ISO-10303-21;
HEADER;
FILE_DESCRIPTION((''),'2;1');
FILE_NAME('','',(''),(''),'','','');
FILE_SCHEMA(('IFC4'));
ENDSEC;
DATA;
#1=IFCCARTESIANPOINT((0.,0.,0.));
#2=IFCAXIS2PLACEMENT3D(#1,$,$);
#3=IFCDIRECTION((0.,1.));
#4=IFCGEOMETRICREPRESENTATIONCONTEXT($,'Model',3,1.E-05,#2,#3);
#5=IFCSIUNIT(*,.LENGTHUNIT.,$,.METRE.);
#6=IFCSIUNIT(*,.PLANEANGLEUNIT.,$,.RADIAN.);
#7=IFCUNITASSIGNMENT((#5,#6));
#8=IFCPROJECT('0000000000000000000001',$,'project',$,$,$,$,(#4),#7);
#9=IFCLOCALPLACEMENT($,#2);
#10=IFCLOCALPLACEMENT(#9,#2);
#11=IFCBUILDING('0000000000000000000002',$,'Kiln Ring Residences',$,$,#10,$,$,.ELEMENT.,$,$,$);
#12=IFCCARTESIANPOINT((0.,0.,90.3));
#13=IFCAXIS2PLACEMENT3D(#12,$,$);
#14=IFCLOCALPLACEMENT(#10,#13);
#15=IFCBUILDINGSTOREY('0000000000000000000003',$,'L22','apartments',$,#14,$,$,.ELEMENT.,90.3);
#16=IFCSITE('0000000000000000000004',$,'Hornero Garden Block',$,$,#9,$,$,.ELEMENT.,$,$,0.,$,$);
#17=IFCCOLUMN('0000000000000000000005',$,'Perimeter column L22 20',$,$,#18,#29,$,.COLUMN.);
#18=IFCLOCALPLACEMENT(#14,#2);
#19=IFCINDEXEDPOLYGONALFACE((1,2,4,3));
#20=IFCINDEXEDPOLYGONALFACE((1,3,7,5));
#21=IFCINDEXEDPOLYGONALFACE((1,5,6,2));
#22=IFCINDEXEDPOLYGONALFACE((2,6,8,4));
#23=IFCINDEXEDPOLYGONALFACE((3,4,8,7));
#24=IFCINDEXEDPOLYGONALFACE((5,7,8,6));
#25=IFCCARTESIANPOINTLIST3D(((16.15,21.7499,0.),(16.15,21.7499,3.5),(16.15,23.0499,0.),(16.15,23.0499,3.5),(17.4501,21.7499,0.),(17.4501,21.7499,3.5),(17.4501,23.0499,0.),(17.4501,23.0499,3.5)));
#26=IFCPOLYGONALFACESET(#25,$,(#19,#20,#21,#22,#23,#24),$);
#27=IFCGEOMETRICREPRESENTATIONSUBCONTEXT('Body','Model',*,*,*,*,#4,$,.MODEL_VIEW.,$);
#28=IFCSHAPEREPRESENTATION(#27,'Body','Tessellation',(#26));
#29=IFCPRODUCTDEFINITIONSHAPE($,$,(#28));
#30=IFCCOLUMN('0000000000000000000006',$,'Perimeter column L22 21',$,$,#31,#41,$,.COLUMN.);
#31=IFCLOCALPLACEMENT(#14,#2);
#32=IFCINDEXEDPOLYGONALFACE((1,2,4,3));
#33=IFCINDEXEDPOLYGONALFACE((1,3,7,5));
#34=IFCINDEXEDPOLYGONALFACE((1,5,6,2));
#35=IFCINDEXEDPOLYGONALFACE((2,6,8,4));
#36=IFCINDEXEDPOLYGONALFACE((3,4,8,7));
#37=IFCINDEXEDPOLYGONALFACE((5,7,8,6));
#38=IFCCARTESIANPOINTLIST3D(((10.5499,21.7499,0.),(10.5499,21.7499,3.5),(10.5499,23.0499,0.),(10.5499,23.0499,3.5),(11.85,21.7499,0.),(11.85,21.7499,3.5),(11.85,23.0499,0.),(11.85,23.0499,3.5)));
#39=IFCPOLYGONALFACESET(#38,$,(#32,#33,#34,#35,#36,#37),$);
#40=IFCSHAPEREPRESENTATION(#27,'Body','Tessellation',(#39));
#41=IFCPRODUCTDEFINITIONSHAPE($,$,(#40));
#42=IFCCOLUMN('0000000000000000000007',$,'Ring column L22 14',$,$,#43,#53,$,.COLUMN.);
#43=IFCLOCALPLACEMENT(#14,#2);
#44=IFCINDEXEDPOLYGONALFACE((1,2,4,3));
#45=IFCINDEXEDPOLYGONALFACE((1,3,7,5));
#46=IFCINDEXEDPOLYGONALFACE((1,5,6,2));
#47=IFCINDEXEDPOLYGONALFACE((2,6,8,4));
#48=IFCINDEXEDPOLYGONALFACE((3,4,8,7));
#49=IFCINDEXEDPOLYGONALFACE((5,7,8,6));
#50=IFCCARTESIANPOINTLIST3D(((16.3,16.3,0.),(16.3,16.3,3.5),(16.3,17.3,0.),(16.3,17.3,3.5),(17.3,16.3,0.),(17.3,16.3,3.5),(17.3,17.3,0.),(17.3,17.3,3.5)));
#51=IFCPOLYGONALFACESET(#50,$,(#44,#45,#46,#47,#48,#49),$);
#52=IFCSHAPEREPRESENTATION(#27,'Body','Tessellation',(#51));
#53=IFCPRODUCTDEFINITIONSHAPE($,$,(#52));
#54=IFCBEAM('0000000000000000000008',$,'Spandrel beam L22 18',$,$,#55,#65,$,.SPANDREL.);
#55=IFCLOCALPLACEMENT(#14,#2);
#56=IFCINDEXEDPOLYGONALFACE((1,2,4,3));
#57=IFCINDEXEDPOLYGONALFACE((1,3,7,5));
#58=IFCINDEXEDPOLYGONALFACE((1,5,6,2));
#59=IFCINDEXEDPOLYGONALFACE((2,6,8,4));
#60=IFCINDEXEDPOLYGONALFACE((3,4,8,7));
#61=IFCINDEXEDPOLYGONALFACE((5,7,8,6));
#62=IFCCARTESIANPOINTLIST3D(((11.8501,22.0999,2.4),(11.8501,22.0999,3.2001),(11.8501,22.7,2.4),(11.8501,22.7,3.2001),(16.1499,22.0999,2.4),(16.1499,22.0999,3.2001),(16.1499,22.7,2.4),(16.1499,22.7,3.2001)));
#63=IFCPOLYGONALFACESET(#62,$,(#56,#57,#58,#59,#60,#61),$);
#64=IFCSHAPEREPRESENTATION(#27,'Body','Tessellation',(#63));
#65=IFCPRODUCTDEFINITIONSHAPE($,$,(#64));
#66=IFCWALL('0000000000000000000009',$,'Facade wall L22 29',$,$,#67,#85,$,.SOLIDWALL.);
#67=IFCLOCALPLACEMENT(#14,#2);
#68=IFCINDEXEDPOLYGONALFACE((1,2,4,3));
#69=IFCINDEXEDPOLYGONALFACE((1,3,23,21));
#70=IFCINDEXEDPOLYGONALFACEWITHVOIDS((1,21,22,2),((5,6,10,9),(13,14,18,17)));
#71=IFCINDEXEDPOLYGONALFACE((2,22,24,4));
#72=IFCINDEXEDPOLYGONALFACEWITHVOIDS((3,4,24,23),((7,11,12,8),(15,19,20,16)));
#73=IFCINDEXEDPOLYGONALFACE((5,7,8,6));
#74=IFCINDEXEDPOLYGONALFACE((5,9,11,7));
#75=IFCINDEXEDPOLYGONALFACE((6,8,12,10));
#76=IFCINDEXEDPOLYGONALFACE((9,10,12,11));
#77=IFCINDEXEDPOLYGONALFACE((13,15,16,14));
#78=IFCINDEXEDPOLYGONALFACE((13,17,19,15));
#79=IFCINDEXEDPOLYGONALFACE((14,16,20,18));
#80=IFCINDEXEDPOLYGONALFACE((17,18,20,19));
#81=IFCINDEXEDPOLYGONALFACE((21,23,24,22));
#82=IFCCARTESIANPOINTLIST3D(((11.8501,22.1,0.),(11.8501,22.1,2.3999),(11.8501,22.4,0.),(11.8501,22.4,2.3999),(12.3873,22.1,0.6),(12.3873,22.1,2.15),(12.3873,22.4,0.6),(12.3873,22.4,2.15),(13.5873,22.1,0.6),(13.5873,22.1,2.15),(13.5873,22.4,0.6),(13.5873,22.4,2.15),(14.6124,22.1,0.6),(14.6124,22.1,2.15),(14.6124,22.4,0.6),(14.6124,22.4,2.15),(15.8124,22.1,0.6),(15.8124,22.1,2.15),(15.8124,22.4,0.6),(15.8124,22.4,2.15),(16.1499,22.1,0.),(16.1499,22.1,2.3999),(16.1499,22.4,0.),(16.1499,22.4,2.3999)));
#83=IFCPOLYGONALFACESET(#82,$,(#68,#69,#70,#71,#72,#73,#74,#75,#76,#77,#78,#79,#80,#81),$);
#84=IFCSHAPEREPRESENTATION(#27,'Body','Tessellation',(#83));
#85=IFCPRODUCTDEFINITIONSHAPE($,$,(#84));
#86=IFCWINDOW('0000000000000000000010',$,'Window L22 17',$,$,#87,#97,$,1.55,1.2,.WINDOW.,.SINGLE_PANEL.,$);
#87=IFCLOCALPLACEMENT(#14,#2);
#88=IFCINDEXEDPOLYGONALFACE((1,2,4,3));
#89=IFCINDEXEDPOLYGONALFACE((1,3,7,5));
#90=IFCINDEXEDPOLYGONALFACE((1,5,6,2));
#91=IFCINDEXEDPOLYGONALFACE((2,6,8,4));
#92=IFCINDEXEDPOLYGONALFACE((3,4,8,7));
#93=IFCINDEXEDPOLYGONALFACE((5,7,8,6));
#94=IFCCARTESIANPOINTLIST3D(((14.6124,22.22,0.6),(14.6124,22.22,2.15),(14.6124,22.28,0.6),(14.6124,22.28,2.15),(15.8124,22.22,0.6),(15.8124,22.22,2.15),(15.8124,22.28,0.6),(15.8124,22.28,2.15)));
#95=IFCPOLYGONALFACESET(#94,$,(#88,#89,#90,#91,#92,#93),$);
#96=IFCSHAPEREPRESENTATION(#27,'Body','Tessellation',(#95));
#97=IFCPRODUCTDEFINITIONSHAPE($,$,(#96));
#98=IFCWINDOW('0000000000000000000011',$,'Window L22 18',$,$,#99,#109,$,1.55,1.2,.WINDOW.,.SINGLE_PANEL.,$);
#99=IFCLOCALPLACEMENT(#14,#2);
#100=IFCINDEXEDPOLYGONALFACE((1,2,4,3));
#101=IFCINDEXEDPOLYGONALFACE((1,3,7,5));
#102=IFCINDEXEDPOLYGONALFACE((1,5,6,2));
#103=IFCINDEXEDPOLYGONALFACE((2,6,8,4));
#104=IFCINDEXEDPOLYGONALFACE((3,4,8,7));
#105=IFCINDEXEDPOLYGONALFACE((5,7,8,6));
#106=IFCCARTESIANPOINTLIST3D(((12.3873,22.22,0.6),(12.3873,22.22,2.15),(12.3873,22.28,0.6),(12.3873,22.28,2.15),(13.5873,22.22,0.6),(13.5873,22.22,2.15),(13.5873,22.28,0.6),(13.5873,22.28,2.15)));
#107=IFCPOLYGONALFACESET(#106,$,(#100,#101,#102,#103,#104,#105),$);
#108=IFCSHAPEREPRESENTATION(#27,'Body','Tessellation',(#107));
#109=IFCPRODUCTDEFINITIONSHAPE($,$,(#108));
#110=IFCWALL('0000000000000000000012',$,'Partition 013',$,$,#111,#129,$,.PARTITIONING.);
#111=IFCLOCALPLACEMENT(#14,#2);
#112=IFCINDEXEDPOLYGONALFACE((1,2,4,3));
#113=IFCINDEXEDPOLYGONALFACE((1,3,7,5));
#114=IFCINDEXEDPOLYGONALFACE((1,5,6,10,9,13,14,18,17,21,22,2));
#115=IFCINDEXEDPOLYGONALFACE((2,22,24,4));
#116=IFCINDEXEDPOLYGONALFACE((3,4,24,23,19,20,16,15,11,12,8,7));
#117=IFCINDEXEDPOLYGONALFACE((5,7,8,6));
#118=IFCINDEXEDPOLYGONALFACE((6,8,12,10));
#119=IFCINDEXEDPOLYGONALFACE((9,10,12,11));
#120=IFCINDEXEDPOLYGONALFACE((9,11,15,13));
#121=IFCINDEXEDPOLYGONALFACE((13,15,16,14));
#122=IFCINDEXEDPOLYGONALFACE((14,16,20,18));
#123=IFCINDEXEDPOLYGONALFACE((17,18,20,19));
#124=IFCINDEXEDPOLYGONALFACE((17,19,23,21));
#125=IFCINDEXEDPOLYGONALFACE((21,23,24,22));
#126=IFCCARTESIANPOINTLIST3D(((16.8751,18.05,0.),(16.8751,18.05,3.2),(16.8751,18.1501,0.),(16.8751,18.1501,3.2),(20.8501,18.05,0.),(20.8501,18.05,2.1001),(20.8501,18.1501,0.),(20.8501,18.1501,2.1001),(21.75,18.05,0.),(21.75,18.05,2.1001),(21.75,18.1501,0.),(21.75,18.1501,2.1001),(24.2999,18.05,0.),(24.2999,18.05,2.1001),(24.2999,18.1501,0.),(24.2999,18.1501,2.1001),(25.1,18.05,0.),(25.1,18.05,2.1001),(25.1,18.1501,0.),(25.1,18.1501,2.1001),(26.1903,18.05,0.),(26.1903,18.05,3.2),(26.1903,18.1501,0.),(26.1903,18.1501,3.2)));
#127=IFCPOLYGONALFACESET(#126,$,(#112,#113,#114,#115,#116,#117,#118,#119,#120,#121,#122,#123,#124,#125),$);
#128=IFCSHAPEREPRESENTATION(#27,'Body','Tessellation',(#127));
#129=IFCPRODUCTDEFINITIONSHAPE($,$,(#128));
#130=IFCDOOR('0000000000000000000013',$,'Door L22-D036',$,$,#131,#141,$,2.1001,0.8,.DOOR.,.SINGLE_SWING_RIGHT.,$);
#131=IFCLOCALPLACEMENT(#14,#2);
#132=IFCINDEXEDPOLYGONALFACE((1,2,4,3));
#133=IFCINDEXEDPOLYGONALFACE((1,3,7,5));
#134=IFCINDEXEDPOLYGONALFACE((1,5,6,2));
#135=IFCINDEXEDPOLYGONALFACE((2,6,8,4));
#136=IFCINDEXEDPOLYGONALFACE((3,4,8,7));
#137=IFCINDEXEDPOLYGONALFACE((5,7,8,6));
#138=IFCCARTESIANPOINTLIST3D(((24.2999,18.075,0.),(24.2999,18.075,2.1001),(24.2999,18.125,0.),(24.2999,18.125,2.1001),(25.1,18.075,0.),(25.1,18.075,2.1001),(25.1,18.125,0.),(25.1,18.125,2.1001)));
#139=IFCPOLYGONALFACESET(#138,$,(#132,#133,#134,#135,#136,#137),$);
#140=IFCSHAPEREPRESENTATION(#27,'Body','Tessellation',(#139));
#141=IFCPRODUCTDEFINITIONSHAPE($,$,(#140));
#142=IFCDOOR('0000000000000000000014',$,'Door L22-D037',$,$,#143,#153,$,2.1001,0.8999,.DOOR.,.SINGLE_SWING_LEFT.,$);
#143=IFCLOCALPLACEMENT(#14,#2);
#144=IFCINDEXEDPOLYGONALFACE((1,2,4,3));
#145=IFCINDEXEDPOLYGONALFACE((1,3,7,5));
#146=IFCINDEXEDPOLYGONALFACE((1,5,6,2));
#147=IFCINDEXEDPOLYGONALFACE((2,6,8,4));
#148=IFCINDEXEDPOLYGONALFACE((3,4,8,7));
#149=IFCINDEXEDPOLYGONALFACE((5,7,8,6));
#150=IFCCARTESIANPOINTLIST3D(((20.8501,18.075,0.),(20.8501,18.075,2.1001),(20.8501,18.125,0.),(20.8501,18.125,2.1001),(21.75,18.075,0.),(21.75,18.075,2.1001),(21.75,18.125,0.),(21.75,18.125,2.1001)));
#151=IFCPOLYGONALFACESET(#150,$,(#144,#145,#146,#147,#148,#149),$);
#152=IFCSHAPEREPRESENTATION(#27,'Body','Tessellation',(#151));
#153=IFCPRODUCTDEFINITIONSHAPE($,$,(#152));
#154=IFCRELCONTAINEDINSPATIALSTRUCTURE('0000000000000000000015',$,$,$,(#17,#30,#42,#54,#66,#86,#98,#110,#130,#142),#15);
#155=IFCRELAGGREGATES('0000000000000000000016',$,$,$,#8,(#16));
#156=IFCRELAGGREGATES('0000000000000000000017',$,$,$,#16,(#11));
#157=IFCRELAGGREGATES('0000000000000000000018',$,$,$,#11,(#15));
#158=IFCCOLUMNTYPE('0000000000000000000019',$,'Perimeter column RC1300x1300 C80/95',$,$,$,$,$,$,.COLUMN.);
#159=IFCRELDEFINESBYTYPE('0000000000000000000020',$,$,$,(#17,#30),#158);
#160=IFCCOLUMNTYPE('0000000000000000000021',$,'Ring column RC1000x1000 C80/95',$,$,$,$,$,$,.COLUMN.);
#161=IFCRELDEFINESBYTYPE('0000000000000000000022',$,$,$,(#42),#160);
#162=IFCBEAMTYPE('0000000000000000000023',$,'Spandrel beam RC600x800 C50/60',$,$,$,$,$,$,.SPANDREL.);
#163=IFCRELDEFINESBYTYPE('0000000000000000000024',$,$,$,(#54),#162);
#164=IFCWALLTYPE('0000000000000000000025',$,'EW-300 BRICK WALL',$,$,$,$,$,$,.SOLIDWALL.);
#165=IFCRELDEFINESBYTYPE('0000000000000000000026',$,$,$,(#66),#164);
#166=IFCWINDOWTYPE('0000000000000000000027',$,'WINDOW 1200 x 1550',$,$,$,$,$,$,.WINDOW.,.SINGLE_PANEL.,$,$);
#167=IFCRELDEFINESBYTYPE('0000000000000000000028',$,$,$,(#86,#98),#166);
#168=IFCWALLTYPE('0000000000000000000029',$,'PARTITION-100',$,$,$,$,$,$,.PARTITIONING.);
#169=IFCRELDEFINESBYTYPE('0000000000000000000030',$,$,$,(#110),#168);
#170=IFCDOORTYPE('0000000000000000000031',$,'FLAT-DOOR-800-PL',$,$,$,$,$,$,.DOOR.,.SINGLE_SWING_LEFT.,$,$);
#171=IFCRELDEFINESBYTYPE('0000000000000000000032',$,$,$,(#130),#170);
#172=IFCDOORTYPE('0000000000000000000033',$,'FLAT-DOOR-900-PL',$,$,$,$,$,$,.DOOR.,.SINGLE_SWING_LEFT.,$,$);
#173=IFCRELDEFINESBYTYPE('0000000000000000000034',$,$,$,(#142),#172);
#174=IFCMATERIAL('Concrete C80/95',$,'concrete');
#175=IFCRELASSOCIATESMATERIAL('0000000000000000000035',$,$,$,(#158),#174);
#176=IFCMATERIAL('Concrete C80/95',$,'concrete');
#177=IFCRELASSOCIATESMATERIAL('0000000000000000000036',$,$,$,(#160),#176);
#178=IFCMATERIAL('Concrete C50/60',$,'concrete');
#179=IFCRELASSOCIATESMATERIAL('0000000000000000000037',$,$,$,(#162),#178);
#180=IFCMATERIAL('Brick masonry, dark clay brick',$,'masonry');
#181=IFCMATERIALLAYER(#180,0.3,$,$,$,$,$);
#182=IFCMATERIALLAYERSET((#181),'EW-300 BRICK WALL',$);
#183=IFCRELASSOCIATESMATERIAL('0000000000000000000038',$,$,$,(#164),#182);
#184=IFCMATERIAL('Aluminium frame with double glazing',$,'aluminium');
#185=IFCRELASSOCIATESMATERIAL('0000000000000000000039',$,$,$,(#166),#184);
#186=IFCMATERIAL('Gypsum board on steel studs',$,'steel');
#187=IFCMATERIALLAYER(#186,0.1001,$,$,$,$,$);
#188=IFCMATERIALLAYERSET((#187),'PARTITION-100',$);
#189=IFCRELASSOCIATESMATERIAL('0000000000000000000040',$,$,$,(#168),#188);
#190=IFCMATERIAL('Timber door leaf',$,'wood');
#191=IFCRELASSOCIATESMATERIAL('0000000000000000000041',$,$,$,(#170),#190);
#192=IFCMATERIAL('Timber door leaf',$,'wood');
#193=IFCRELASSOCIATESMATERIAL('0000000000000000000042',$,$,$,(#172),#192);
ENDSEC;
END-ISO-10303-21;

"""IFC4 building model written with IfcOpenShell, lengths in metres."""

from ifc_helpers import new_model, si_unit, direction, frame, frame_2d, origin, origin_2d, place, context, subcontext, project, spatial, rectangle, extrude, material, layer, layer_set, material_profile, profile_set, type_object, element, fill, save


model = new_model("IFC4")

# Units and contexts
model_context = context("Model", 3, precision=1e-05, world=origin(), true_north=direction((0.0, 1.0)))
body_context = subcontext(model_context, "Body", "Model", "MODEL_VIEW")
ifc_project = project(units=[si_unit("LENGTHUNIT", "METRE"), si_unit("PLANEANGLEUNIT", "RADIAN")], contexts=[model_context])

# Site, building, storey
site_placement = place(None, origin())
site = spatial("IfcSite", under=ifc_project, at=site_placement, Name="Hornero Garden Block", CompositionType="ELEMENT", RefElevation=0.0)
building_placement = place(site_placement, origin())
building = spatial("IfcBuilding", under=site, at=building_placement, Name="Kiln Ring Residences", CompositionType="ELEMENT")
storey_placement = place(building_placement, frame((0.0, 0.0, 90.3)))
storey = spatial("IfcBuildingStorey", under=building, at=storey_placement, Name="L22", Description="apartments", CompositionType="ELEMENT", Elevation=90.3)

# Columns
ifc_material_1 = material(Name="Concrete C80/95", Category="concrete")
ifc_material_profile_1 = material_profile(ifc_material_1, rectangle(XDim=1.3, YDim=1.3, at=origin_2d()), Name="RC1300x1300")
ifc_profile_set_1 = profile_set([ifc_material_profile_1], Name="Concrete C80/95")
column_type_1 = type_object("IfcColumnType", Name="Perimeter column RC1300x1300 C80/95", PredefinedType="COLUMN", material=ifc_profile_set_1)
for number, where, z_axis, x_axis, name in (
    (1, (16.8, 22.3999, 0.0), (0.0, 0.0, 1.0), (1.0, 0.0, 0.0), "Perimeter column L22 20"),
    (2, (11.2, 22.3999, 0.0), (0.0, 0.0, 1.0), (1.0, 0.0, 0.0), "Perimeter column L22 21"),
):
    element("IfcColumn", number, at=place(storey_placement, frame(where, z_axis=z_axis, x_axis=x_axis)), inside=storey, type_object=column_type_1, Name=name, PredefinedType="COLUMN", context=body_context, shape_type="SweptSolid", body=[
        extrude(rectangle(XDim=1.3, YDim=1.3, at=origin_2d()), origin(), (0.0, 0.0, 1.0), 3.5),
    ])
ifc_material_2 = material(Name="Concrete C80/95", Category="concrete")
ifc_material_profile_2 = material_profile(ifc_material_2, rectangle(XDim=1.0, YDim=1.0, at=origin_2d()), Name="RC1000x1000")
ifc_profile_set_2 = profile_set([ifc_material_profile_2], Name="Concrete C80/95")
column_type_2 = type_object("IfcColumnType", Name="Ring column RC1000x1000 C80/95", PredefinedType="COLUMN", material=ifc_profile_set_2)
column_placement = place(storey_placement, frame((16.8, 16.8, 0.0), z_axis=(0.0, 0.0, 1.0), x_axis=(1.0, 0.0, 0.0)))
element("IfcColumn", 3, at=column_placement, inside=storey, type_object=column_type_2, Name="Ring column L22 14", PredefinedType="COLUMN", context=body_context, shape_type="SweptSolid", body=[
    extrude(rectangle(XDim=1.0, YDim=1.0, at=origin_2d()), origin(), (0.0, 0.0, 1.0), 3.5),
])

# Beam
ifc_material_3 = material(Name="Concrete C50/60", Category="concrete")
ifc_material_profile_3 = material_profile(ifc_material_3, rectangle(XDim=0.6001, YDim=0.8, at=origin_2d()), Name="RC600x800")
ifc_profile_set_3 = profile_set([ifc_material_profile_3], Name="Concrete C50/60")
beam_type = type_object("IfcBeamType", Name="Spandrel beam RC600x800 C50/60", PredefinedType="SPANDREL", material=ifc_profile_set_3)
beam_placement = place(storey_placement, frame((16.1499, 22.3999, 2.8), z_axis=(-1.0, 0.0, 0.0), x_axis=(0.0, -1.0, 0.0)))
element("IfcBeam", 4, at=beam_placement, inside=storey, type_object=beam_type, Name="Spandrel beam L22 18", PredefinedType="SPANDREL", context=body_context, shape_type="SweptSolid", body=[
    extrude(rectangle(XDim=0.6001, YDim=0.8, at=origin_2d()), origin(), (0.0, 0.0, 1.0), 4.2998),
])

# Wall, openings, windows
ifc_material_4 = material(Name="Brick masonry, dark clay brick", Category="masonry")
ifc_layer_1 = layer(ifc_material_4, 0.3)
ifc_layer_set_1 = layer_set([ifc_layer_1], Name="EW-300 BRICK WALL")
wall_type_1 = type_object("IfcWallType", Name="EW-300 BRICK WALL", PredefinedType="SOLIDWALL", material=ifc_layer_set_1)
wall_1_placement = place(storey_placement, frame((16.1499, 22.25, 0.0), z_axis=(0.0, 0.0, 1.0), x_axis=(-1.0, 0.0, 0.0)))
wall_1 = element("IfcWall", 5, at=wall_1_placement, inside=storey, type_object=wall_type_1, Name="Facade wall L22 29", PredefinedType="SOLIDWALL", context=body_context, shape_type="SweptSolid", body=[
    extrude(rectangle(XDim=4.2998, YDim=0.3, at=frame_2d((2.1499, 0.0))), origin(), (0.0, 0.0, 1.0), 2.3999),
])
opening_1_placement = place(wall_1_placement, frame((0.3374, 0.0, 0.6001)))
opening_1 = element("IfcOpeningElement", 6, at=opening_1_placement, cuts=wall_1, PredefinedType="OPENING", context=body_context, shape_type="SweptSolid", body=[
    extrude(rectangle(XDim=1.2, YDim=1.55, at=frame_2d((0.6001, 0.7749))), frame((0.0, 0.1599, 0.0), z_axis=(0.0, -1.0, 0.0), x_axis=(1.0, 0.0, 0.0)), (0.0, 0.0, 1.0), 0.3201),
])
opening_2_placement = place(wall_1_placement, frame((2.5625, 0.0, 0.6001)))
opening_2 = element("IfcOpeningElement", 7, at=opening_2_placement, cuts=wall_1, PredefinedType="OPENING", context=body_context, shape_type="SweptSolid", body=[
    extrude(rectangle(XDim=1.2, YDim=1.55, at=frame_2d((0.6001, 0.7749))), frame((0.0, 0.1599, 0.0), z_axis=(0.0, -1.0, 0.0), x_axis=(1.0, 0.0, 0.0)), (0.0, 0.0, 1.0), 0.3201),
])
ifc_material_5 = material(Name="Aluminium frame with double glazing", Category="aluminium")
window_type = type_object("IfcWindowType", Name="WINDOW 1200 x 1550", PartitioningType="SINGLE_PANEL", PredefinedType="WINDOW", material=ifc_material_5)
window_1_placement = place(opening_1_placement, origin())
window_1 = element("IfcWindow", 8, at=window_1_placement, inside=storey, type_object=window_type, Name="Window L22 17", OverallHeight=1.55, OverallWidth=1.2, PartitioningType="SINGLE_PANEL", PredefinedType="WINDOW", context=body_context, shape_type="SweptSolid", body=[
    extrude(rectangle(XDim=1.2, YDim=1.55, at=frame_2d((0.6001, 0.7749))), frame((0.0, 0.03, 0.0), z_axis=(0.0, -1.0, 0.0), x_axis=(1.0, 0.0, 0.0)), (0.0, 0.0, 1.0), 0.0601),
])
fill(opening_1, window_1)
window_2_placement = place(opening_2_placement, origin())
window_2 = element("IfcWindow", 9, at=window_2_placement, inside=storey, type_object=window_type, Name="Window L22 18", OverallHeight=1.55, OverallWidth=1.2, PartitioningType="SINGLE_PANEL", PredefinedType="WINDOW", context=body_context, shape_type="SweptSolid", body=[
    extrude(rectangle(XDim=1.2, YDim=1.55, at=frame_2d((0.6001, 0.7749))), frame((0.0, 0.03, 0.0), z_axis=(0.0, -1.0, 0.0), x_axis=(1.0, 0.0, 0.0)), (0.0, 0.0, 1.0), 0.0601),
])
fill(opening_2, window_2)

# Wall, openings, doors
ifc_material_6 = material(Name="Gypsum board on steel studs", Category="steel")
ifc_layer_2 = layer(ifc_material_6, 0.1001)
ifc_layer_set_2 = layer_set([ifc_layer_2], Name="PARTITION-100")
wall_type_2 = type_object("IfcWallType", Name="PARTITION-100", PredefinedType="PARTITIONING", material=ifc_layer_set_2)
wall_2_placement = place(storey_placement, frame((16.875, 18.1001, 0.0), z_axis=(0.0, 0.0, 1.0), x_axis=(1.0, 0.0, 0.0)))
wall_2 = element("IfcWall", 10, at=wall_2_placement, inside=storey, type_object=wall_type_2, Name="Partition 013", PredefinedType="PARTITIONING", context=body_context, shape_type="SweptSolid", body=[
    extrude(rectangle(XDim=9.3152, YDim=0.1001, at=frame_2d((4.6577, 0.0))), origin(), (0.0, 0.0, 1.0), 3.2),
])
opening_3_placement = place(wall_2_placement, frame((7.425, 0.0, 0.0)))
opening_3 = element("IfcOpeningElement", 11, at=opening_3_placement, cuts=wall_2, PredefinedType="OPENING", context=body_context, shape_type="SweptSolid", body=[
    extrude(rectangle(XDim=0.8, YDim=2.1001, at=frame_2d((0.3999, 1.05))), frame((0.0, 0.0601, 0.0), z_axis=(0.0, -1.0, 0.0), x_axis=(1.0, 0.0, 0.0)), (0.0, 0.0, 1.0), 0.1201),
])
opening_4_placement = place(wall_2_placement, frame((3.9751, 0.0, 0.0)))
opening_4 = element("IfcOpeningElement", 12, at=opening_4_placement, cuts=wall_2, PredefinedType="OPENING", context=body_context, shape_type="SweptSolid", body=[
    extrude(rectangle(XDim=0.8999, YDim=2.1001, at=frame_2d((0.45, 1.05))), frame((0.0, 0.0601, 0.0), z_axis=(0.0, -1.0, 0.0), x_axis=(1.0, 0.0, 0.0)), (0.0, 0.0, 1.0), 0.1201),
])
ifc_material_7 = material(Name="Timber door leaf", Category="wood")
door_type_1 = type_object("IfcDoorType", Name="FLAT-DOOR-800-PL", OperationType="SINGLE_SWING_LEFT", PredefinedType="DOOR", material=ifc_material_7)
door_1_placement = place(opening_3_placement, origin())
door_1 = element("IfcDoor", 13, at=door_1_placement, inside=storey, type_object=door_type_1, Name="Door L22-D036", OperationType="SINGLE_SWING_RIGHT", OverallHeight=2.1001, OverallWidth=0.8, PredefinedType="DOOR", context=body_context, shape_type="SweptSolid", body=[
    extrude(rectangle(XDim=0.8, YDim=2.1001, at=frame_2d((0.3999, 1.05))), frame((0.0, 0.0249, 0.0), z_axis=(0.0, -1.0, 0.0), x_axis=(1.0, 0.0, 0.0)), (0.0, 0.0, 1.0), 0.05),
])
fill(opening_3, door_1)
ifc_material_8 = material(Name="Timber door leaf", Category="wood")
door_type_2 = type_object("IfcDoorType", Name="FLAT-DOOR-900-PL", OperationType="SINGLE_SWING_LEFT", PredefinedType="DOOR", material=ifc_material_8)
door_2_placement = place(opening_4_placement, origin())
door_2 = element("IfcDoor", 14, at=door_2_placement, inside=storey, type_object=door_type_2, Name="Door L22-D037", OperationType="SINGLE_SWING_LEFT", OverallHeight=2.1001, OverallWidth=0.8999, PredefinedType="DOOR", context=body_context, shape_type="SweptSolid", body=[
    extrude(rectangle(XDim=0.8999, YDim=2.1001, at=frame_2d((0.45, 1.05))), frame((0.0, 0.0249, 0.0), z_axis=(0.0, -1.0, 0.0), x_axis=(1.0, 0.0, 0.0)), (0.0, 0.0, 1.0), 0.05),
])
fill(opening_4, door_2)

save(model, "model.ifc")
